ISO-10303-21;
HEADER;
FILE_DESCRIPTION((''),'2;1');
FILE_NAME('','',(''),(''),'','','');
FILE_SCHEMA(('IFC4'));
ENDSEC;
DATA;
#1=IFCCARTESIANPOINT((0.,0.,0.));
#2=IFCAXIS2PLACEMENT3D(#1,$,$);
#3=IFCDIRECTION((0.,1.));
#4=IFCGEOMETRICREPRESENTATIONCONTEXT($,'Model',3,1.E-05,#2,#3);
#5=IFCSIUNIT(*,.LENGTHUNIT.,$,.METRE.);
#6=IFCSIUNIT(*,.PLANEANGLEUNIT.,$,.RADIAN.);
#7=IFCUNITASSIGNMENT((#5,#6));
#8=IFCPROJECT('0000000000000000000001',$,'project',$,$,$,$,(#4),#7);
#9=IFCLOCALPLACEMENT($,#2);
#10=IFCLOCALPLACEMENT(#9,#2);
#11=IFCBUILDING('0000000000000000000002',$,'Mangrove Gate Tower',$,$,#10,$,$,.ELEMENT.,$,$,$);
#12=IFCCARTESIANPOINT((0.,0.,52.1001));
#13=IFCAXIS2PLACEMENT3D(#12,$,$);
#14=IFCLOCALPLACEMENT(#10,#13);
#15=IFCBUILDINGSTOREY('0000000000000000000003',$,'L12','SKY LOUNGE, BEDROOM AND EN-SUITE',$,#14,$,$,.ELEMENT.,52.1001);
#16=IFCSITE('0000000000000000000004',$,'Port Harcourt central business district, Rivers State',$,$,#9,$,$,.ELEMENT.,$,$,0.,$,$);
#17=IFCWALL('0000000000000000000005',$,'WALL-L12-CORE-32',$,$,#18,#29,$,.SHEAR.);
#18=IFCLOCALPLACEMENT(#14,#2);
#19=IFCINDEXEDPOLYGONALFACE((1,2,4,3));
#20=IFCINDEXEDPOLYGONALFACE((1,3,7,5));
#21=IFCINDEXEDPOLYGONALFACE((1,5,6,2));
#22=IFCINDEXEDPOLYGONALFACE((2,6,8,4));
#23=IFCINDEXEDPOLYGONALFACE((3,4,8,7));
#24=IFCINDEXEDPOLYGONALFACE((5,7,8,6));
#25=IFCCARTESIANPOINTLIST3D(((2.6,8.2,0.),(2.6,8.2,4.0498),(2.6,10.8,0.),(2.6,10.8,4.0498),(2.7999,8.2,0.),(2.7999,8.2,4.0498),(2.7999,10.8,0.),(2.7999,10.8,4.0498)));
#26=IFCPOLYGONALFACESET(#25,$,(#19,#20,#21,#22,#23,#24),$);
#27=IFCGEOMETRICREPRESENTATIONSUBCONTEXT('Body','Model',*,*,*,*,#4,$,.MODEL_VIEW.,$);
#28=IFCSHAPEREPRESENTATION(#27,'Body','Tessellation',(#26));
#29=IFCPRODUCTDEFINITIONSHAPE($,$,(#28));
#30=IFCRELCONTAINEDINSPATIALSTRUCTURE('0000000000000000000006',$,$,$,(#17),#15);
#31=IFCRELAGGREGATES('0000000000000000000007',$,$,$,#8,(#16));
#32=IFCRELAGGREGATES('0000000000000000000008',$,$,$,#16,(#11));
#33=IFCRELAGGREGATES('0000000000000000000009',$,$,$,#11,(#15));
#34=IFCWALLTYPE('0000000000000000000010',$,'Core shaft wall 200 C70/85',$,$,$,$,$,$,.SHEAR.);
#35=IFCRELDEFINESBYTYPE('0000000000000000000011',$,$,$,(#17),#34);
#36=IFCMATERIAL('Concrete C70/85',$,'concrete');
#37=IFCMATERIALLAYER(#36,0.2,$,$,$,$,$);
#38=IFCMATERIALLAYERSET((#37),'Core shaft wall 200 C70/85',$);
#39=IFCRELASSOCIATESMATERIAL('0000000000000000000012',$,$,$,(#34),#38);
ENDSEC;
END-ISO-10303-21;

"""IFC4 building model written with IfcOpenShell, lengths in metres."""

from ifc_helpers import new_model, si_unit, direction, frame, frame_2d, origin, place, context, subcontext, project, spatial, rectangle, extrude, material, layer, layer_set, type_object, element, save


model = new_model("IFC4")

# Units and contexts
model_context = context("Model", 3, precision=1e-05, world=origin(), true_north=direction((0.0, 1.0)))
body_context = subcontext(model_context, "Body", "Model", "MODEL_VIEW")
ifc_project = project(units=[si_unit("LENGTHUNIT", "METRE"), si_unit("PLANEANGLEUNIT", "RADIAN")], contexts=[model_context])

# Site, building, storey
site_placement = place(None, origin())
site = spatial("IfcSite", under=ifc_project, at=site_placement, Name="Port Harcourt central business district, Rivers State", CompositionType="ELEMENT", RefElevation=0.0)
building_placement = place(site_placement, origin())
building = spatial("IfcBuilding", under=site, at=building_placement, Name="Mangrove Gate Tower", CompositionType="ELEMENT")
storey_placement = place(building_placement, frame((0.0, 0.0, 52.1001)))
storey = spatial("IfcBuildingStorey", under=building, at=storey_placement, Name="L12", Description="SKY LOUNGE, BEDROOM AND EN-SUITE", CompositionType="ELEMENT", Elevation=52.1001)

# Wall
ifc_material_1 = material(Name="Concrete C70/85", Category="concrete")
ifc_layer_1 = layer(ifc_material_1, 0.2)
ifc_layer_set_1 = layer_set([ifc_layer_1], Name="Core shaft wall 200 C70/85")
wall_type_1 = type_object("IfcWallType", Name="Core shaft wall 200 C70/85", PredefinedType="SHEAR", material=ifc_layer_set_1)
for number, where, z_axis, x_axis, name in (
    (1, (2.7, 8.2, 0.0), (0.0, 0.0, 1.0), (0.0, 1.0, 0.0), "WALL-L12-CORE-32"),
):
    element("IfcWall", number, at=place(storey_placement, frame(where, z_axis=z_axis, x_axis=x_axis)), inside=storey, type_object=wall_type_1, Name=name, PredefinedType="SHEAR", context=body_context, shape_type="SweptSolid", body=[
        extrude(rectangle(XDim=2.6001, YDim=0.2, at=frame_2d((1.3, 0.0))), origin(), (0.0, 0.0, 1.0), 4.0498),
    ])

save(model, "model.ifc")
